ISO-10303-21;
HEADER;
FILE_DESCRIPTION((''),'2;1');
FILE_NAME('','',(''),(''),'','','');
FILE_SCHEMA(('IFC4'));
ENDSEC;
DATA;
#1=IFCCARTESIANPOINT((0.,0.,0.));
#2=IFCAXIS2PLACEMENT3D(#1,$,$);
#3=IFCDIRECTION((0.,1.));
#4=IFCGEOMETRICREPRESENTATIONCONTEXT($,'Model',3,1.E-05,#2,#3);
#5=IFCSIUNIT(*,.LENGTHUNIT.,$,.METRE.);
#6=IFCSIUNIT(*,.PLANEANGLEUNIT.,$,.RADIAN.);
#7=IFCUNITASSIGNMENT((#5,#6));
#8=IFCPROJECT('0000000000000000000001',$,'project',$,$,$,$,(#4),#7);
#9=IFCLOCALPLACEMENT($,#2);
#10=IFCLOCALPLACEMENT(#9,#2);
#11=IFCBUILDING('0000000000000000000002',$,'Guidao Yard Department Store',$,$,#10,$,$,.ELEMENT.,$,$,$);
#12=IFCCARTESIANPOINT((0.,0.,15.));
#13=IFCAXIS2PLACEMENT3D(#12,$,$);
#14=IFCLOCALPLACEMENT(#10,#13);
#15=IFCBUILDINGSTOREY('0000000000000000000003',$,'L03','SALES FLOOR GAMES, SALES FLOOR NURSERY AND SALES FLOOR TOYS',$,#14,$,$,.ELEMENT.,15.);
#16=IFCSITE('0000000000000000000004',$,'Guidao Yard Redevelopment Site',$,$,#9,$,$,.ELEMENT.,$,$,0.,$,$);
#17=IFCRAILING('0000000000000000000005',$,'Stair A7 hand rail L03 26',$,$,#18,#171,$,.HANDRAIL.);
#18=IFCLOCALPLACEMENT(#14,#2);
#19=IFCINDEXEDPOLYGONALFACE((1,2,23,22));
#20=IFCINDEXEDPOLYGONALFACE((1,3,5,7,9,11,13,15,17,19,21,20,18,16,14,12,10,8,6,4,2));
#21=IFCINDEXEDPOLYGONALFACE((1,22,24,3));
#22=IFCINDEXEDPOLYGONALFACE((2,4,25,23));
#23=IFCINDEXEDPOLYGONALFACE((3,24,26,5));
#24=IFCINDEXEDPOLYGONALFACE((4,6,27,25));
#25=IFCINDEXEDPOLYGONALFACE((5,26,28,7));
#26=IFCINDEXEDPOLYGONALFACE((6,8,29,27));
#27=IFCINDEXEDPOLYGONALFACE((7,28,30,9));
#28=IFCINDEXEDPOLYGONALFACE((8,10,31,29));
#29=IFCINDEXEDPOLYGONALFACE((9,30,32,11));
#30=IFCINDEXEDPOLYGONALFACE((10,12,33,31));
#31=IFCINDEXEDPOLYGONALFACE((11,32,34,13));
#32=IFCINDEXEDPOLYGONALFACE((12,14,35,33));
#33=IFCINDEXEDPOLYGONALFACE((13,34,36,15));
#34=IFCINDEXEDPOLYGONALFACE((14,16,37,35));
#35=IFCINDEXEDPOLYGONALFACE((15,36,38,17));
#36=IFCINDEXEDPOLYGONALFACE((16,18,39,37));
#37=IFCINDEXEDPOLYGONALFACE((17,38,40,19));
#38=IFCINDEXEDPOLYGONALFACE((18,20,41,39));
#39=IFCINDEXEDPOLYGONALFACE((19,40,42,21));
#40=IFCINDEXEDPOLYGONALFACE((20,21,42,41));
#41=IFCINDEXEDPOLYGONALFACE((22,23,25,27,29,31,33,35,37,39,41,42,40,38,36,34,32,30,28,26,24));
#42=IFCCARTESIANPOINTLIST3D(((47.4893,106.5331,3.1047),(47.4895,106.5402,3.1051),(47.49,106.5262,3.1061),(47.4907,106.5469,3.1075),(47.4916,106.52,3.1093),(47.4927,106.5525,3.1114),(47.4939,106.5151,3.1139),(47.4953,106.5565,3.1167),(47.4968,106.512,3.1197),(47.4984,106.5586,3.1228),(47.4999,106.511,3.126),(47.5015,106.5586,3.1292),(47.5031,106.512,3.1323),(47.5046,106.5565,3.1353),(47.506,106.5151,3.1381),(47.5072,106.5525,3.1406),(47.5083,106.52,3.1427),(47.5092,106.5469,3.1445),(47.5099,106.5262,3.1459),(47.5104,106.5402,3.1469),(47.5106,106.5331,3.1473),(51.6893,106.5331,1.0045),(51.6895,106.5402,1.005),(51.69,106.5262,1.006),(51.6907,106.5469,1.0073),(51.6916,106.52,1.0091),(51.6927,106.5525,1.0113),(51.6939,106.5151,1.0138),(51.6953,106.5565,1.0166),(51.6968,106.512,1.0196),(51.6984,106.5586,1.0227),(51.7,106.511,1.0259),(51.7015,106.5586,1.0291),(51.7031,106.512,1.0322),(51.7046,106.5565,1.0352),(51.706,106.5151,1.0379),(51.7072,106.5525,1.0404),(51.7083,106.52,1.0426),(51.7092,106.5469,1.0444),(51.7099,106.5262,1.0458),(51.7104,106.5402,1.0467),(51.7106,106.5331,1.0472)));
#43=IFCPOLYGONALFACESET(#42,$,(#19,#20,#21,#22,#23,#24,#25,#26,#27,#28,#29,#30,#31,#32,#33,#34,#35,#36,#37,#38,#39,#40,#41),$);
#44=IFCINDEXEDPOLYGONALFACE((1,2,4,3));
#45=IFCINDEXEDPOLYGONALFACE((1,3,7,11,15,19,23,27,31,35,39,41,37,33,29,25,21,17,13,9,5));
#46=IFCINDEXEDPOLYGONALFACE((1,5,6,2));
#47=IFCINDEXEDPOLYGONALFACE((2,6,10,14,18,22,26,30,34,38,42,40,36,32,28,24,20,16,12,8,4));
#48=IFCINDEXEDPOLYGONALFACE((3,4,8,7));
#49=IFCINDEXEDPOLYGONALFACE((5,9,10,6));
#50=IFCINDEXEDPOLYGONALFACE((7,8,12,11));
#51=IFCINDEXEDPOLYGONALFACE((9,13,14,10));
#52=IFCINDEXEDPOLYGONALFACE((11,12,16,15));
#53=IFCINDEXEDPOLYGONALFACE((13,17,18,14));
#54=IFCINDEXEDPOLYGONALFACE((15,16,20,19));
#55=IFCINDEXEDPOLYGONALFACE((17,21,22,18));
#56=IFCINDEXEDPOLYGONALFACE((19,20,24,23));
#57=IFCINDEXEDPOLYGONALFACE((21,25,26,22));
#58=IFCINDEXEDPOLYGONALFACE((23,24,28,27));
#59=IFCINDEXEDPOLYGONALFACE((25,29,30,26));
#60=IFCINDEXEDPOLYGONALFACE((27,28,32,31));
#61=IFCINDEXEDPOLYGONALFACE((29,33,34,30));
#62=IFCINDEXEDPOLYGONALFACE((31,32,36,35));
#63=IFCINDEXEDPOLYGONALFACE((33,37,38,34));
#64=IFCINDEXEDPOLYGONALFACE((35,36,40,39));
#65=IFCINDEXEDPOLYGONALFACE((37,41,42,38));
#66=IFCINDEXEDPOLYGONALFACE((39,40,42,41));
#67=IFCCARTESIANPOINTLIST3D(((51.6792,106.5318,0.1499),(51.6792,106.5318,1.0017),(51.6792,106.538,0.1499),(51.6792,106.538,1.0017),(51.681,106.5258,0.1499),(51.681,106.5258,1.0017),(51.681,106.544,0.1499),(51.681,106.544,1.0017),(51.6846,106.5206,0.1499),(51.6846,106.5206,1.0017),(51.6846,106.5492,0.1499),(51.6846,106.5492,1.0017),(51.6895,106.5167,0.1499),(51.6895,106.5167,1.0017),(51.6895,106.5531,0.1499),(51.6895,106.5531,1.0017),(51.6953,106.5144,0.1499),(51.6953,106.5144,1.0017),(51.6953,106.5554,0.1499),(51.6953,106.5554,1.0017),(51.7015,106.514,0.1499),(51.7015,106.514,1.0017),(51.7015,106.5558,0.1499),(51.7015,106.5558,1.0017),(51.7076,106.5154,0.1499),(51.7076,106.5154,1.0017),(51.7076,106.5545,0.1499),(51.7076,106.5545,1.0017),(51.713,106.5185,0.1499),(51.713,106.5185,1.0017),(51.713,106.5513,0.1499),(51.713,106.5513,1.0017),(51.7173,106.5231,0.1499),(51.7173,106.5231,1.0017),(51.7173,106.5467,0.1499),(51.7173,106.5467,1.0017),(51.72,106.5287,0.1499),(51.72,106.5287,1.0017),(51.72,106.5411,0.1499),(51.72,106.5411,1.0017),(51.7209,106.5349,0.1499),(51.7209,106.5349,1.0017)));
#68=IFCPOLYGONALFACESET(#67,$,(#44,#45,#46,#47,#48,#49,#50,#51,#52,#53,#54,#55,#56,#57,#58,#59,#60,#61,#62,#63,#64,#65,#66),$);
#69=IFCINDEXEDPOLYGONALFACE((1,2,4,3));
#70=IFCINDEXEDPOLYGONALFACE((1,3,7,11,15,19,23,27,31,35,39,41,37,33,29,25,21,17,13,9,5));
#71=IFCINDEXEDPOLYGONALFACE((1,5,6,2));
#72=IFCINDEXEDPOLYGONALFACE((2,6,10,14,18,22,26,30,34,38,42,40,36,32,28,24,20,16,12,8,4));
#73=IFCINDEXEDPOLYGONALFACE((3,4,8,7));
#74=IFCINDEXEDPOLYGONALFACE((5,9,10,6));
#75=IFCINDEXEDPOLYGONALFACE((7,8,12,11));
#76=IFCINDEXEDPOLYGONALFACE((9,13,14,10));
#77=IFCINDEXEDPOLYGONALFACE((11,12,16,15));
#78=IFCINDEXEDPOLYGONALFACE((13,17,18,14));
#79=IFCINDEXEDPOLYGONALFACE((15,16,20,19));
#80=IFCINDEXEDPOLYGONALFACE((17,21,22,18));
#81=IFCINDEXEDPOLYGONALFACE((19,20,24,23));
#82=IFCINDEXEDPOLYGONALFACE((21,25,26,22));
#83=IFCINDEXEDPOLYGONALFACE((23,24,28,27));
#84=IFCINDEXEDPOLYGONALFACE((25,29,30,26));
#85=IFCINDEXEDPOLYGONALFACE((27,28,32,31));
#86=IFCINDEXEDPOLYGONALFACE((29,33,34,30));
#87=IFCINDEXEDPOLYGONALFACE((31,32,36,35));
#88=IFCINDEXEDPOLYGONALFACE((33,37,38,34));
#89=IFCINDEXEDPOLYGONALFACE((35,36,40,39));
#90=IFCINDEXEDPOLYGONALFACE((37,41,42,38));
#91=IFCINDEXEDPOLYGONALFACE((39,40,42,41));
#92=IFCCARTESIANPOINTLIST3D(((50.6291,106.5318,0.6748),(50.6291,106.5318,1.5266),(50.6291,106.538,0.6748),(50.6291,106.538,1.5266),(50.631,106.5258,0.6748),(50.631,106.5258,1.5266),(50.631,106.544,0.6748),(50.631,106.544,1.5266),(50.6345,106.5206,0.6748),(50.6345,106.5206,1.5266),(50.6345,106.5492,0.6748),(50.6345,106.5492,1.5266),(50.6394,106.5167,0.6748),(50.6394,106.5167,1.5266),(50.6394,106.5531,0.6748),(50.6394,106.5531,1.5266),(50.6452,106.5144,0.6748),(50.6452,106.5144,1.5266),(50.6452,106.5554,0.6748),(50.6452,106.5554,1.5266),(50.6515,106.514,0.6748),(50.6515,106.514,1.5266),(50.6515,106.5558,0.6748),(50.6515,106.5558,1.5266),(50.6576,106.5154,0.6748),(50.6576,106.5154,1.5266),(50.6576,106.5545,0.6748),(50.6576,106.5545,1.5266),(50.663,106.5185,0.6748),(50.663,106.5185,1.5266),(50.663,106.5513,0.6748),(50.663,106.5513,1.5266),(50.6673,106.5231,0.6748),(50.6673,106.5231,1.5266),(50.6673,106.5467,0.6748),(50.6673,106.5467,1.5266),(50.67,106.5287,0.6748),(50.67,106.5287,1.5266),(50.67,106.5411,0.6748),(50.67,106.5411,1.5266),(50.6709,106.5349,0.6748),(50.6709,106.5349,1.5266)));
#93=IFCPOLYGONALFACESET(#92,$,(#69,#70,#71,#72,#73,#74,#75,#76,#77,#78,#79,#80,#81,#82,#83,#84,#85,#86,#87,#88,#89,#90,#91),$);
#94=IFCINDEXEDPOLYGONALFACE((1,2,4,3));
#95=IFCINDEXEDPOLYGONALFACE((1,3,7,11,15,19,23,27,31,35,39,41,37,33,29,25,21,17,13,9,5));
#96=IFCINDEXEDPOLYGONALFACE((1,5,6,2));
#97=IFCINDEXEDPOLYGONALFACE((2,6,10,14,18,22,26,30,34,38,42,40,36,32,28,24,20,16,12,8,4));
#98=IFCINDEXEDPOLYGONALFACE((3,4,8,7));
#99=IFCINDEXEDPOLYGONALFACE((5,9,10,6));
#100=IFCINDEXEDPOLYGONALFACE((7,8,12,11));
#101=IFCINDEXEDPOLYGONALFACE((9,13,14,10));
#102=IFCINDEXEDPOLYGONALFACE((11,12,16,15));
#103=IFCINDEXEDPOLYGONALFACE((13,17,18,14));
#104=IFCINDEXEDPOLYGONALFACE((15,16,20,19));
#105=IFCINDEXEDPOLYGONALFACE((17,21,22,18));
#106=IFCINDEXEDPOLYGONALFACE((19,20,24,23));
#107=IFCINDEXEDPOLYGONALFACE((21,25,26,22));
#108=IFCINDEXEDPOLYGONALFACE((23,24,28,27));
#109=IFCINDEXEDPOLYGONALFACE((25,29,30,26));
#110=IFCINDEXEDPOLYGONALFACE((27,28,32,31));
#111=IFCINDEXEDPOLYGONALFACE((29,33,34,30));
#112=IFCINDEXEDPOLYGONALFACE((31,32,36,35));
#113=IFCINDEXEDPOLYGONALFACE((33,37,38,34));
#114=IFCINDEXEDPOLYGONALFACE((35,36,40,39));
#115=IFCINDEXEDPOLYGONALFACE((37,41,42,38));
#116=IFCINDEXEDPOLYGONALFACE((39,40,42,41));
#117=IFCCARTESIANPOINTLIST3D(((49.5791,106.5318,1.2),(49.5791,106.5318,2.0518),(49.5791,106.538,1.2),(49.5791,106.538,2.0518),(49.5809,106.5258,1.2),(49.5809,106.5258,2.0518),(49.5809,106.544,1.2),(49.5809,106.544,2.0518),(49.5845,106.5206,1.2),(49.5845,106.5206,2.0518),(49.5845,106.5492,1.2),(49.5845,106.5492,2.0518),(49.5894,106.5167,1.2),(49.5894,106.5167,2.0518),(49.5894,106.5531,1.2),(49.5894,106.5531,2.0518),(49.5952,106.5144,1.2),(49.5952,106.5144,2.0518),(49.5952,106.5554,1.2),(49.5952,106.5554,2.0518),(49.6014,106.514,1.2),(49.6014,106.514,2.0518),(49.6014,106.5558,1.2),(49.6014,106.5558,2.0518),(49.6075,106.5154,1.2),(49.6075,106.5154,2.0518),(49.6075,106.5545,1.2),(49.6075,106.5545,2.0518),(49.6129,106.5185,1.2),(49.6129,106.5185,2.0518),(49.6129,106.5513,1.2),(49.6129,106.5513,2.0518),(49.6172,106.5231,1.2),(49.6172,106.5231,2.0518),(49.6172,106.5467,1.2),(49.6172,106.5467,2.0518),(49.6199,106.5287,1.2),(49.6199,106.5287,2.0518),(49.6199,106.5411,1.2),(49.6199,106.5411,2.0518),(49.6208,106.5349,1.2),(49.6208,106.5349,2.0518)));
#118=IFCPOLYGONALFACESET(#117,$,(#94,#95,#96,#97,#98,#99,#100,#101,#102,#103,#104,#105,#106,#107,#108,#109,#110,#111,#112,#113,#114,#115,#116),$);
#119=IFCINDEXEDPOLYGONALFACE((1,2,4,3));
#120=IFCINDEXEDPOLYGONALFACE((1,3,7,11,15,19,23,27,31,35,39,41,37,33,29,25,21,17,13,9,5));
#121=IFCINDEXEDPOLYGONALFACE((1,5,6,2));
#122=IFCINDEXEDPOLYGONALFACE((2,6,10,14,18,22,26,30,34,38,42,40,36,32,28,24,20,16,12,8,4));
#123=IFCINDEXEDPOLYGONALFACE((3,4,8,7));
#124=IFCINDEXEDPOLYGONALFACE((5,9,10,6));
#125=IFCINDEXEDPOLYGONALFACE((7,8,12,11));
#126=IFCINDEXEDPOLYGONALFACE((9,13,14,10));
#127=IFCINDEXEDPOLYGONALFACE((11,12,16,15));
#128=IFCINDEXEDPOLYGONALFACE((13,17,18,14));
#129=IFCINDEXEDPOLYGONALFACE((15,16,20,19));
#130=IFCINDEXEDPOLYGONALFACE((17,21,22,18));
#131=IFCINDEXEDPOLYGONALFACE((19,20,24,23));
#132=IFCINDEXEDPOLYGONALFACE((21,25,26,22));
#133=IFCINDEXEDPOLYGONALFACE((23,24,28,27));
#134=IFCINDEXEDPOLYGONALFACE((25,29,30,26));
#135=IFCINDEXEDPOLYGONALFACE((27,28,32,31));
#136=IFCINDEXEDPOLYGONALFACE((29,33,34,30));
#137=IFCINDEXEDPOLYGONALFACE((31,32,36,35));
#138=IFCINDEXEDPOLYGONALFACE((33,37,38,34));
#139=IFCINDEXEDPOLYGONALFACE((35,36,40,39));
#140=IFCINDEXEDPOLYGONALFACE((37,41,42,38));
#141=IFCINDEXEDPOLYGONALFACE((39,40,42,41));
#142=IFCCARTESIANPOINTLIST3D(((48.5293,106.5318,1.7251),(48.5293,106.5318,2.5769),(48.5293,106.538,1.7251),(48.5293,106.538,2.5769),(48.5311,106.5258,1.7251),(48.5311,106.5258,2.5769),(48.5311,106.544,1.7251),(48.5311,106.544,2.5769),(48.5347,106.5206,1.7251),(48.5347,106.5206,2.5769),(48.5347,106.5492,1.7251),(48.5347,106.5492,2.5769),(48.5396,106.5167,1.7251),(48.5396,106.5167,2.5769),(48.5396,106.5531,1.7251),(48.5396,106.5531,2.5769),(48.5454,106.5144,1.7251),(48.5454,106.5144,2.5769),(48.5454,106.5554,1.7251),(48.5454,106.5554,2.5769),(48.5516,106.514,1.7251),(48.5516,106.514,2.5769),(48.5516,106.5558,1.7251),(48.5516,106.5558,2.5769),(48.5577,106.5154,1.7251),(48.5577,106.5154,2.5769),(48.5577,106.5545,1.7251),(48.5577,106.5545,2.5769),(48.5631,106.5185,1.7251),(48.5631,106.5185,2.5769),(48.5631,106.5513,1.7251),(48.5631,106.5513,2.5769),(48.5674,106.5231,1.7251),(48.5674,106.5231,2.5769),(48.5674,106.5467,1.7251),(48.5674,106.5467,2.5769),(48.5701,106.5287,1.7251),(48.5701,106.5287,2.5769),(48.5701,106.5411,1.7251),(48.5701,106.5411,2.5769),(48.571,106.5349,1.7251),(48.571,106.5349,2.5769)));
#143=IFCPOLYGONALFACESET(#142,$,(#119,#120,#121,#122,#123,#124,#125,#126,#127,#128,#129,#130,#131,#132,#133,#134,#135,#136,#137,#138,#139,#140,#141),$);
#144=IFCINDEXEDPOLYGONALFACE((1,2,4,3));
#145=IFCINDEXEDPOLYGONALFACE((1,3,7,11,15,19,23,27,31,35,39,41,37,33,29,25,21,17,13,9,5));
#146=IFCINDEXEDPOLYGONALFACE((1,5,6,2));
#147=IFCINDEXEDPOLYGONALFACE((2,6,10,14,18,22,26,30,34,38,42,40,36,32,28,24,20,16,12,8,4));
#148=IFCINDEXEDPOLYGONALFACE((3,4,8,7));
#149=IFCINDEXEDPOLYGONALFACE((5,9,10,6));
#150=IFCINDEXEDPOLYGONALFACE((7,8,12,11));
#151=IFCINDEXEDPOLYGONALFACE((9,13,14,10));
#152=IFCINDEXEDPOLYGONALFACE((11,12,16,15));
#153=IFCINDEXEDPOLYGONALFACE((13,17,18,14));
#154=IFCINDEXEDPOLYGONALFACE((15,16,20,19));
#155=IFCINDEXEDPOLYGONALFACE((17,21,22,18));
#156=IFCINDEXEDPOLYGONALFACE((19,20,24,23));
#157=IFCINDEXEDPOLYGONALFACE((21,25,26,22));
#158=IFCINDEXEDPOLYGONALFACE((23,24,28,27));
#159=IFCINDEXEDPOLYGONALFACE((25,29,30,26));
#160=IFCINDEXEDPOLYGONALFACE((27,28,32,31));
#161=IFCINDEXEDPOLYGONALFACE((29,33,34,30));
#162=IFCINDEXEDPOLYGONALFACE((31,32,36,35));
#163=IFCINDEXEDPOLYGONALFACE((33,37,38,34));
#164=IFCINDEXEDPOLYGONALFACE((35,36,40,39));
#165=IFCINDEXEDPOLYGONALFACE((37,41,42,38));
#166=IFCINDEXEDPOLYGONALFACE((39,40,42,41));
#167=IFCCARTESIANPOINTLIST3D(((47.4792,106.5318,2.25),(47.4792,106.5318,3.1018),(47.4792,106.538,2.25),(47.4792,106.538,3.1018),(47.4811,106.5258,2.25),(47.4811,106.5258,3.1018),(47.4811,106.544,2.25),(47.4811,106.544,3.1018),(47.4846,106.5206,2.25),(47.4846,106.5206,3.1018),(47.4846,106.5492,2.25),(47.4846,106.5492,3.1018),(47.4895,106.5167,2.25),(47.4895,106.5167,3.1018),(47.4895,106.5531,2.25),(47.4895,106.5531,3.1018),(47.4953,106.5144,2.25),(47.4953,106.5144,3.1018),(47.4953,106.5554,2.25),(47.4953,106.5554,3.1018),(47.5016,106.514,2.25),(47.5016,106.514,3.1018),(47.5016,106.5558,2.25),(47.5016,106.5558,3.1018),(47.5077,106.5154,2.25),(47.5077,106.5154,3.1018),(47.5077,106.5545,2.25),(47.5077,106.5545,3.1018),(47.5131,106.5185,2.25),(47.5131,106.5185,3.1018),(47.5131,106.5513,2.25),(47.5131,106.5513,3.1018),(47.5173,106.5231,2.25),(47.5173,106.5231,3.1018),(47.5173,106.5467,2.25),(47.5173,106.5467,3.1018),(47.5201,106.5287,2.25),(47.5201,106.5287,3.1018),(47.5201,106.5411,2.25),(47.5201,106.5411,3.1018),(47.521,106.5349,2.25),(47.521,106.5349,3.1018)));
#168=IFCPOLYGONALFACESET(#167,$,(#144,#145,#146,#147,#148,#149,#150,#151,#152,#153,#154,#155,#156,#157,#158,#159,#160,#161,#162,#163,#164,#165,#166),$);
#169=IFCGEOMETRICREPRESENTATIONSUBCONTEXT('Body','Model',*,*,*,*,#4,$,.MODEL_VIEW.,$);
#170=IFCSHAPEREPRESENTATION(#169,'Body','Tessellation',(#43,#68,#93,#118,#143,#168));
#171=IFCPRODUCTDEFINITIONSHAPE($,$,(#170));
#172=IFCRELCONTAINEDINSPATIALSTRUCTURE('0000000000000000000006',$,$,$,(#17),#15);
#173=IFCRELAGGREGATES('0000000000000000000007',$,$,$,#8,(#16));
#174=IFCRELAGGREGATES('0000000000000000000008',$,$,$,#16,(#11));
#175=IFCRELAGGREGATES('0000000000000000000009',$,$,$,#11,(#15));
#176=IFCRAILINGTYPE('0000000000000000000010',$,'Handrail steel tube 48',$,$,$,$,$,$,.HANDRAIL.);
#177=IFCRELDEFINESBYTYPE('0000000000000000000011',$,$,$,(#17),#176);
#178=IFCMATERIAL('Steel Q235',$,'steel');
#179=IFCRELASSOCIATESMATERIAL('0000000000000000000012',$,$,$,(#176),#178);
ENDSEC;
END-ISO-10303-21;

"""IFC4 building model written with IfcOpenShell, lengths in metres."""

from ifc_helpers import new_model, si_unit, direction, frame, origin, origin_2d, place, context, subcontext, project, spatial, circle, extrude, material, type_object, element, save


model = new_model("IFC4")

# Units and contexts
model_context = context("Model", 3, precision=1e-05, world=origin(), true_north=direction((0.0, 1.0)))
body_context = subcontext(model_context, "Body", "Model", "MODEL_VIEW")
ifc_project = project(units=[si_unit("LENGTHUNIT", "METRE"), si_unit("PLANEANGLEUNIT", "RADIAN")], contexts=[model_context])

# Site, building, storey
site_placement = place(None, origin())
site = spatial("IfcSite", under=ifc_project, at=site_placement, Name="Guidao Yard Redevelopment Site", CompositionType="ELEMENT", RefElevation=0.0)
building_placement = place(site_placement, origin())
building = spatial("IfcBuilding", under=site, at=building_placement, Name="Guidao Yard Department Store", CompositionType="ELEMENT")
storey_placement = place(building_placement, frame((0.0, 0.0, 15.0)))
storey = spatial("IfcBuildingStorey", under=building, at=storey_placement, Name="L03", Description="SALES FLOOR GAMES, SALES FLOOR NURSERY AND SALES FLOOR TOYS", CompositionType="ELEMENT", Elevation=15.0)

# Railing
ifc_material_1 = material(Name="Steel Q235", Category="steel")
railing_type_1 = type_object("IfcRailingType", Name="Handrail steel tube 48", PredefinedType="HANDRAIL", material=ifc_material_1)
for number, where, name in (
    (1, (51.7, 106.5349, 0.1499), "Stair A7 hand rail L03 26"),
):
    element("IfcRailing", number, at=place(storey_placement, frame(where)), inside=storey, type_object=railing_type_1, Name=name, PredefinedType="HANDRAIL", context=body_context, shape_type="SweptSolid", body=[
        extrude(circle(Radius=0.0239, at=origin_2d()), frame((0.0, 0.0, 0.876), z_axis=(-0.894417, 0.0, 0.447234), x_axis=(0.0, -1.0, 0.0)), (0.0, 0.0, 1.0), 4.6958),
        extrude(circle(Radius=0.021, at=origin_2d()), origin(), (0.0, 0.0, 1.0), 0.8518),
        extrude(circle(Radius=0.021, at=origin_2d()), frame((-1.05, 0.0, 0.5249)), (0.0, 0.0, 1.0), 0.8518),
        extrude(circle(Radius=0.021, at=origin_2d()), frame((-2.1001, 0.0, 1.05)), (0.0, 0.0, 1.0), 0.8518),
        extrude(circle(Radius=0.021, at=origin_2d()), frame((-3.1499, 0.0, 1.5752)), (0.0, 0.0, 1.0), 0.8518),
        extrude(circle(Radius=0.021, at=origin_2d()), frame((-4.2, 0.0, 2.1001)), (0.0, 0.0, 1.0), 0.8518),
    ])

save(model, "model.ifc")
